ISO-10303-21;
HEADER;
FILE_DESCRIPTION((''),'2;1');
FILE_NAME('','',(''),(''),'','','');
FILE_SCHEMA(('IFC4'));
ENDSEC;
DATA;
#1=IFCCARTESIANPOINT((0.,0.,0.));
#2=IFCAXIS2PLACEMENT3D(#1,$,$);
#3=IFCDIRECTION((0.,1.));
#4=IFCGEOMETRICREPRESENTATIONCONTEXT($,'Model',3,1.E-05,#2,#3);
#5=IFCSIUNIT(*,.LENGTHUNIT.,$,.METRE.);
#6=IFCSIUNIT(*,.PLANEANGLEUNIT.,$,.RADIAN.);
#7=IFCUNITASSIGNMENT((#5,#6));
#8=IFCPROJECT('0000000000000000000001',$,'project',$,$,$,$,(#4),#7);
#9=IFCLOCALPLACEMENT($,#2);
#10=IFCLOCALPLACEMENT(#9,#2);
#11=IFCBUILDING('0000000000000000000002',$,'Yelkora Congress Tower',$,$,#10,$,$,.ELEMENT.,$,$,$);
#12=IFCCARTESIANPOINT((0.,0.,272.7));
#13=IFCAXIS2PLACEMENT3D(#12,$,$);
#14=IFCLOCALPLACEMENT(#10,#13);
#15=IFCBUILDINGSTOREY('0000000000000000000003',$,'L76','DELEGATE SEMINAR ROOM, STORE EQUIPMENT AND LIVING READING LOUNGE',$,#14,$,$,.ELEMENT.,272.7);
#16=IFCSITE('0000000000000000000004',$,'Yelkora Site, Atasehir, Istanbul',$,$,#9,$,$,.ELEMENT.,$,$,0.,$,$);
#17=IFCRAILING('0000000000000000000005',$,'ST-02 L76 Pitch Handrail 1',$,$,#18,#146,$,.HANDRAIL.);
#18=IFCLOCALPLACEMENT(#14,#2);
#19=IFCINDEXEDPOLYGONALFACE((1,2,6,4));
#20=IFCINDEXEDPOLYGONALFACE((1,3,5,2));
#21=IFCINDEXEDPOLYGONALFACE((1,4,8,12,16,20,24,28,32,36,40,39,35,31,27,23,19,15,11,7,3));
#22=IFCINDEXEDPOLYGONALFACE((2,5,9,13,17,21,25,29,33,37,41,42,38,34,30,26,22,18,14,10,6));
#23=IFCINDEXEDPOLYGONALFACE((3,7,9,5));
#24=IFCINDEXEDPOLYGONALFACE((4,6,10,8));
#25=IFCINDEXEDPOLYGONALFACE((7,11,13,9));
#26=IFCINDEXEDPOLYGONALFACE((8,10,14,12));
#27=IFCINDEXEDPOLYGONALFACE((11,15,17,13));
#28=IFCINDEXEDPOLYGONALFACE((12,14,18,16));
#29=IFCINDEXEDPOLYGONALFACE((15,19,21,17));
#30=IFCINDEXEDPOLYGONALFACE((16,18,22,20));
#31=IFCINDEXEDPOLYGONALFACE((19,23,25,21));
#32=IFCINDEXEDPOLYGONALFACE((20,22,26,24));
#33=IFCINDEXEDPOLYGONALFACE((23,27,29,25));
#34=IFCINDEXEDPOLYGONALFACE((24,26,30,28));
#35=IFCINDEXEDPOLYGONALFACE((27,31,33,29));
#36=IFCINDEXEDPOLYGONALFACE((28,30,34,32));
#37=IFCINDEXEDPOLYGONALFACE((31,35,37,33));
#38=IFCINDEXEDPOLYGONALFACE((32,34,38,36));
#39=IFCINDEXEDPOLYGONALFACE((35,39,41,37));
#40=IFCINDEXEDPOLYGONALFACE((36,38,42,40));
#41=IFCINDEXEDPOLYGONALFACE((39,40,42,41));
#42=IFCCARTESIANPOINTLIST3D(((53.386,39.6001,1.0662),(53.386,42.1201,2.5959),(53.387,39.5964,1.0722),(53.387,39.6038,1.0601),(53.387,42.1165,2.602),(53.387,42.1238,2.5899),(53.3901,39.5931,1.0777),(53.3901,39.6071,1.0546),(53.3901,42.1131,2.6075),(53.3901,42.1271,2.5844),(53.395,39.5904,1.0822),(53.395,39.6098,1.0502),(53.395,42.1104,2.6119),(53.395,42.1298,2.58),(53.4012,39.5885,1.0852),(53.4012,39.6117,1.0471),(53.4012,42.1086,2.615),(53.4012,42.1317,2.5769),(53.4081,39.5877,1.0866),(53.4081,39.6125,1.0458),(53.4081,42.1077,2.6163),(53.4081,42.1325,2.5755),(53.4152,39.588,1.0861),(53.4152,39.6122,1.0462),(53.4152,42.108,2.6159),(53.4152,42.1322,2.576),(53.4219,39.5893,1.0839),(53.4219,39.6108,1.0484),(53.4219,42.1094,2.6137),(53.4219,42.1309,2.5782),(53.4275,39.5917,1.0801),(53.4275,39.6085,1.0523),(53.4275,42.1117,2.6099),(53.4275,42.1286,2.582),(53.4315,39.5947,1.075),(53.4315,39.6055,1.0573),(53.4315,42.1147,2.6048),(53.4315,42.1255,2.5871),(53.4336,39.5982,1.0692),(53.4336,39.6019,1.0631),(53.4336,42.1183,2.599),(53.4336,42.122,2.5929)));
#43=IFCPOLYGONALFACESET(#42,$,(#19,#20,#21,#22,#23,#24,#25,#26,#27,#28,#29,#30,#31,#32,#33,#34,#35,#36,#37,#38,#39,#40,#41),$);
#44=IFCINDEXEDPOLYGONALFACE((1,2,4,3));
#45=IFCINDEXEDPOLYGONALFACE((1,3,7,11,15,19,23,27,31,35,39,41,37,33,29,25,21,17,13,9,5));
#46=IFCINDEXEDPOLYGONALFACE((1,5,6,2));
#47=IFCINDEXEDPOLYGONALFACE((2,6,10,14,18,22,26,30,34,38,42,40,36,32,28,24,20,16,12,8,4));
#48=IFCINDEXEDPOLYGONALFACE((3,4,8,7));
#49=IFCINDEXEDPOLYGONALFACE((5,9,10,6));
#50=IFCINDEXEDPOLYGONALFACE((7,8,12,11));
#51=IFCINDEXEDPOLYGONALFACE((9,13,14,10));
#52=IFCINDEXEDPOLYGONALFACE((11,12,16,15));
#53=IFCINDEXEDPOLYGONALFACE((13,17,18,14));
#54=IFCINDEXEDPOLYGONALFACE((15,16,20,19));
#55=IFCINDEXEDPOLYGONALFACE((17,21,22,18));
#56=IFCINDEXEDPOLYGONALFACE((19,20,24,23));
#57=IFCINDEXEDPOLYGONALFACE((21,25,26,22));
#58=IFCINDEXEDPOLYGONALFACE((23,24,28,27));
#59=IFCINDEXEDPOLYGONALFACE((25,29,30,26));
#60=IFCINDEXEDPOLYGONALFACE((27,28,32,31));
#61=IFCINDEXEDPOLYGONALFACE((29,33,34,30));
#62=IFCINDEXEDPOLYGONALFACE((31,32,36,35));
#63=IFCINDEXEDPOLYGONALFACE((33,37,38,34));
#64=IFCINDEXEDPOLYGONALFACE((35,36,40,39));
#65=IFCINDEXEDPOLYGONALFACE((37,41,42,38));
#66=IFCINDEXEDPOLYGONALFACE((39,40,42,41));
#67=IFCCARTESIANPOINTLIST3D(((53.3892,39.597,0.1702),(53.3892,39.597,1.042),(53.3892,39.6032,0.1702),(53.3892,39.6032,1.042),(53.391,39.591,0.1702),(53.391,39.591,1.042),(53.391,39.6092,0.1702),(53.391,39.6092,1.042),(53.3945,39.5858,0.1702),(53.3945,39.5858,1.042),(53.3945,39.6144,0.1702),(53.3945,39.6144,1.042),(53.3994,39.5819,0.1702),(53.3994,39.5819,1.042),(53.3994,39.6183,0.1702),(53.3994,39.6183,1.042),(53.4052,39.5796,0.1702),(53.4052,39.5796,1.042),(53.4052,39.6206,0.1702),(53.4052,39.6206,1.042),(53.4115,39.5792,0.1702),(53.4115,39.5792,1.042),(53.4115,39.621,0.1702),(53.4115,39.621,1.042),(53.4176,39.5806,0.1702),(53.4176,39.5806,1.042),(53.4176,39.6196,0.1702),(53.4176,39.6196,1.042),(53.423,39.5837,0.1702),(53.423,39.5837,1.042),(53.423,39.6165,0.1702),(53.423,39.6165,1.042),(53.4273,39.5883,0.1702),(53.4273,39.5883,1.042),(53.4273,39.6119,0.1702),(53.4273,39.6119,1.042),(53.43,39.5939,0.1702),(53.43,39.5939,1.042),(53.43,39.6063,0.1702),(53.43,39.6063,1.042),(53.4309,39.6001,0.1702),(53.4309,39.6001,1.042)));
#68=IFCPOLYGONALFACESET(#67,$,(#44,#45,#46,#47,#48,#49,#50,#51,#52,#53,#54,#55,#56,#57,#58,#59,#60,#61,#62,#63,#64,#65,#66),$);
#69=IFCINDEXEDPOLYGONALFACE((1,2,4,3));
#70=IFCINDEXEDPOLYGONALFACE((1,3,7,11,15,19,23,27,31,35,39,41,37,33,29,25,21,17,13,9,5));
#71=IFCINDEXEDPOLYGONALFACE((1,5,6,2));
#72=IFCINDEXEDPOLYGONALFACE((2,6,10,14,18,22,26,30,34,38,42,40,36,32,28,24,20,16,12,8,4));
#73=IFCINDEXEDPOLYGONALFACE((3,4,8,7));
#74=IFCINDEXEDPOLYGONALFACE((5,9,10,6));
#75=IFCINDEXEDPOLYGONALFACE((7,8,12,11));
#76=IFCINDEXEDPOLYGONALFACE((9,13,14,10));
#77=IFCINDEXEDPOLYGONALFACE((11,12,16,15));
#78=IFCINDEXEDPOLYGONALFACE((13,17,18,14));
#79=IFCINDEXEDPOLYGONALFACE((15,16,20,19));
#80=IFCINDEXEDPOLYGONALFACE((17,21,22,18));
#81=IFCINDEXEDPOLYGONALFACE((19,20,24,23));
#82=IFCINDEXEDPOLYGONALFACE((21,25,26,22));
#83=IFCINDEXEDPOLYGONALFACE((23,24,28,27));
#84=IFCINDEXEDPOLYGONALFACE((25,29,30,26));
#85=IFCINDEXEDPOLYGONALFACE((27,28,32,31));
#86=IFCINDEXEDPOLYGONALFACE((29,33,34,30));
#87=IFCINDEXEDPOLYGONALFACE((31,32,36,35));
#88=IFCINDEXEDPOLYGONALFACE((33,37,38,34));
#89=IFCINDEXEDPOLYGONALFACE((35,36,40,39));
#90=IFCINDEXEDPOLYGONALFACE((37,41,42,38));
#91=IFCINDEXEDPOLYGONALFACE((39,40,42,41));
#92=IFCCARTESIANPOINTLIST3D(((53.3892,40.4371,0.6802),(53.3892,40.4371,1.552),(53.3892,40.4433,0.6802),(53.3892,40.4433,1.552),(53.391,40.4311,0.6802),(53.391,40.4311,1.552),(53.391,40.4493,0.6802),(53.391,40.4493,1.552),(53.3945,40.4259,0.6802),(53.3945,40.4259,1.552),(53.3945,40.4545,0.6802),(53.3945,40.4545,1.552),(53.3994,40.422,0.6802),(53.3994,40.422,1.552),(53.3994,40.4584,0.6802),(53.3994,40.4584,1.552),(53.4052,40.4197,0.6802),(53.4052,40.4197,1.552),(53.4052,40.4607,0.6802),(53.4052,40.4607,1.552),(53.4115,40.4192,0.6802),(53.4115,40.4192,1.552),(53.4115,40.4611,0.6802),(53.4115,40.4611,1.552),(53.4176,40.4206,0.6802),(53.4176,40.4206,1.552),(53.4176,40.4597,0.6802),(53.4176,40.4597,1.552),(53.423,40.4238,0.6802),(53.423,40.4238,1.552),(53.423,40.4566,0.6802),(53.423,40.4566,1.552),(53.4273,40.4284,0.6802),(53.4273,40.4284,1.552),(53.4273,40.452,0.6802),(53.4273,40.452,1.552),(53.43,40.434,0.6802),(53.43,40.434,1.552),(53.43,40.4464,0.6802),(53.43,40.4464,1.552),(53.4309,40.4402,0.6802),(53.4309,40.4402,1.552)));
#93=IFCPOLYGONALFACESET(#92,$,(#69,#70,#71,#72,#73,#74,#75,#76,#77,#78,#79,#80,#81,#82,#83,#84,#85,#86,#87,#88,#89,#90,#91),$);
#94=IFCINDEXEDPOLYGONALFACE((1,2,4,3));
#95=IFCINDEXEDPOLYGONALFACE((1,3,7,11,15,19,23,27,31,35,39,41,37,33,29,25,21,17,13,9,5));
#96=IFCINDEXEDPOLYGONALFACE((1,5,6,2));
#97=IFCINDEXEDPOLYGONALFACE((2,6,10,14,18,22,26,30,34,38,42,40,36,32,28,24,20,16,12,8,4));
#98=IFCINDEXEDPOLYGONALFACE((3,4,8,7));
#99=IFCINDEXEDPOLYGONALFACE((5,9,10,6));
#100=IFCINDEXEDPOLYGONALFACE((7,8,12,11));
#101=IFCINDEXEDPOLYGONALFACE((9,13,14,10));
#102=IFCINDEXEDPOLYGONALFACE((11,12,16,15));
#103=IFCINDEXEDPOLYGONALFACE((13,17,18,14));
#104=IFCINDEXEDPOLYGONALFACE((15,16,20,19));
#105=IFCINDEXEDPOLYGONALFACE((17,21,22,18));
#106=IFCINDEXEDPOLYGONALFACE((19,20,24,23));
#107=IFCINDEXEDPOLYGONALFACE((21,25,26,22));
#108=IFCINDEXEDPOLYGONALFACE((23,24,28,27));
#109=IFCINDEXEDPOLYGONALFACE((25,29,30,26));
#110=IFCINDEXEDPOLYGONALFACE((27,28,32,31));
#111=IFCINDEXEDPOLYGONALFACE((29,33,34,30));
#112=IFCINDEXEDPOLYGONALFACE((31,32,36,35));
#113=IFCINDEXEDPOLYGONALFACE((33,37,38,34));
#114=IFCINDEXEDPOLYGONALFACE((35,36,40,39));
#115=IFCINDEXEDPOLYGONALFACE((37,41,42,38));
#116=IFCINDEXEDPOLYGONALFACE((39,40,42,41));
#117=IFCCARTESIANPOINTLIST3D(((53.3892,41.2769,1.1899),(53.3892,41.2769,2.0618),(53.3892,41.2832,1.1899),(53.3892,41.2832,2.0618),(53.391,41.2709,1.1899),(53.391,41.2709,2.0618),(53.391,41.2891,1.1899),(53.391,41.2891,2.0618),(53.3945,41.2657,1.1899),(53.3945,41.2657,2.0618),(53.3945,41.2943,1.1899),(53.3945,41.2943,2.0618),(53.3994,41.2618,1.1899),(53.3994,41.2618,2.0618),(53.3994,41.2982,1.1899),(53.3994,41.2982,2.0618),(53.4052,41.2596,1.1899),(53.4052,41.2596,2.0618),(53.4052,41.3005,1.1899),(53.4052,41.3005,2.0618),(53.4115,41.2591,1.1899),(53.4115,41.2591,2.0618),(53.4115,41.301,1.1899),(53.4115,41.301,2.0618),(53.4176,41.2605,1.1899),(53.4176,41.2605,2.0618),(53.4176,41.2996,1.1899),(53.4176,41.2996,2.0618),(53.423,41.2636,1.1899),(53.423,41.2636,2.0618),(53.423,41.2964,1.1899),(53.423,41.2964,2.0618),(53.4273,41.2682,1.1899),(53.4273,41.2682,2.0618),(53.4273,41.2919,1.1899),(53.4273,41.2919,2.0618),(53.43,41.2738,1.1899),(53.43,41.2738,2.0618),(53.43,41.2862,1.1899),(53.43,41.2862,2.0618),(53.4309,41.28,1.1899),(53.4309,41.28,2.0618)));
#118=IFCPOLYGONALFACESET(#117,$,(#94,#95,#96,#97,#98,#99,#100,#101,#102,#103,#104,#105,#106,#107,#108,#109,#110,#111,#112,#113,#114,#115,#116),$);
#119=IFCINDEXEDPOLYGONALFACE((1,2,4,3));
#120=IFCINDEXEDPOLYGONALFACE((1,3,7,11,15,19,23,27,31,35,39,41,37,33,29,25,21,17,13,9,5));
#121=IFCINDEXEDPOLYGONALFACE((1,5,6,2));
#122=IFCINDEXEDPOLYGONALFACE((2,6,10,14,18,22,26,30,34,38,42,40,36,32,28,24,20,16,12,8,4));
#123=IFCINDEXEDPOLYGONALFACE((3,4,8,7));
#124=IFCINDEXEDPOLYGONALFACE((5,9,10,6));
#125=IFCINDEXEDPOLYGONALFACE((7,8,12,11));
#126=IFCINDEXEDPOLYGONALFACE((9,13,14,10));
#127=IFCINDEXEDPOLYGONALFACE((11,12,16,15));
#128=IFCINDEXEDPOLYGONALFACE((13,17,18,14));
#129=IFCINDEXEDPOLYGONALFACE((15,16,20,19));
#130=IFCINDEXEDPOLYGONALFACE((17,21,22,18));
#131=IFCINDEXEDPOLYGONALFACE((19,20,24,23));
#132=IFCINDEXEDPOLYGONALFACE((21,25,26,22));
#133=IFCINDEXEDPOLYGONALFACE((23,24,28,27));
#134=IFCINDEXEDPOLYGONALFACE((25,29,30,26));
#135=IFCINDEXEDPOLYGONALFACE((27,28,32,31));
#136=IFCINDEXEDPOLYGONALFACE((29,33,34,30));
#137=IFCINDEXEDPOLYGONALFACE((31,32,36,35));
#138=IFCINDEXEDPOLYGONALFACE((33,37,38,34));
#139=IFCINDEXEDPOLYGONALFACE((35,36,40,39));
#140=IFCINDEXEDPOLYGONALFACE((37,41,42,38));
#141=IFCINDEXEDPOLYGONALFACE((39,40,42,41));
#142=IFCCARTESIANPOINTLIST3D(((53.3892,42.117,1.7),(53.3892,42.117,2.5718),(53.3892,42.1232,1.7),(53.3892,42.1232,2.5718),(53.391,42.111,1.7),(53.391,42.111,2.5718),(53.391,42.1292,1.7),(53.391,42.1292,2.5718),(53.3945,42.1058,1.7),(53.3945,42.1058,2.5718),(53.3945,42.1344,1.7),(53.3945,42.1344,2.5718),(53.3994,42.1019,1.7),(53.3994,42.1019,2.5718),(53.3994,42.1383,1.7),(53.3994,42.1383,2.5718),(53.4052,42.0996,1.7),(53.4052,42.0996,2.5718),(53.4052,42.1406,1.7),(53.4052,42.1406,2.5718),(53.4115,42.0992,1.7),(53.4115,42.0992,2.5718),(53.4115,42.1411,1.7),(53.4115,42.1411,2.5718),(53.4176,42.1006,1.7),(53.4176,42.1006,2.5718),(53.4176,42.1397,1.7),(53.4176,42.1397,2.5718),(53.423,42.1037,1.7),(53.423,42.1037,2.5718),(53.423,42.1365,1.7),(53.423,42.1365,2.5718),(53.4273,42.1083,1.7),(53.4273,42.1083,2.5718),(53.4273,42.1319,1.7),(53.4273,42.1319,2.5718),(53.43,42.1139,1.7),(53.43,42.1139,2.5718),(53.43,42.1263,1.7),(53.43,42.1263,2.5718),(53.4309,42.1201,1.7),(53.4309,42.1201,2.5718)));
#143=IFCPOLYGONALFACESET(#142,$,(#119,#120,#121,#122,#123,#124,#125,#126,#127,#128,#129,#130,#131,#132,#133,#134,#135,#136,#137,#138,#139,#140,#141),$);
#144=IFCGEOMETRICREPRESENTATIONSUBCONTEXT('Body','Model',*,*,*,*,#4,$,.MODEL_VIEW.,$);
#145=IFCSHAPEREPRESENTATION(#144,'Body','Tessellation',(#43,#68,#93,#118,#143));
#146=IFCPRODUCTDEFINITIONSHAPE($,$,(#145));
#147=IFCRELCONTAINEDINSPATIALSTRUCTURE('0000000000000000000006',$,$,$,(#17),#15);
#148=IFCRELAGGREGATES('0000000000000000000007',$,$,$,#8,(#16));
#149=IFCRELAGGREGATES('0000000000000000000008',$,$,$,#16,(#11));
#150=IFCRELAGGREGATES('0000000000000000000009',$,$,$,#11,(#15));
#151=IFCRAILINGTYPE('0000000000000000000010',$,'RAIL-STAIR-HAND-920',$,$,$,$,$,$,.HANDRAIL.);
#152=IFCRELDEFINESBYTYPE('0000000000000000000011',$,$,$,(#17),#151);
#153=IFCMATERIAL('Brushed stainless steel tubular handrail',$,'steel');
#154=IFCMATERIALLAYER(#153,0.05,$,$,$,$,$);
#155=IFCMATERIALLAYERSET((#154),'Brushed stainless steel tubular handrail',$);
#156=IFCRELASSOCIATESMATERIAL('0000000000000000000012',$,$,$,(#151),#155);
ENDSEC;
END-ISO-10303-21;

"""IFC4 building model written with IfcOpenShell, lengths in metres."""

from ifc_helpers import new_model, si_unit, direction, frame, origin, origin_2d, place, context, subcontext, project, spatial, circle, extrude, material, layer, layer_set, type_object, element, save


model = new_model("IFC4")

# Units and contexts
model_context = context("Model", 3, precision=1e-05, world=origin(), true_north=direction((0.0, 1.0)))
body_context = subcontext(model_context, "Body", "Model", "MODEL_VIEW")
ifc_project = project(units=[si_unit("LENGTHUNIT", "METRE"), si_unit("PLANEANGLEUNIT", "RADIAN")], contexts=[model_context])

# Site, building, storey
site_placement = place(None, origin())
site = spatial("IfcSite", under=ifc_project, at=site_placement, Name="Yelkora Site, Atasehir, Istanbul", CompositionType="ELEMENT", RefElevation=0.0)
building_placement = place(site_placement, origin())
building = spatial("IfcBuilding", under=site, at=building_placement, Name="Yelkora Congress Tower", CompositionType="ELEMENT")
storey_placement = place(building_placement, frame((0.0, 0.0, 272.7)))
storey = spatial("IfcBuildingStorey", under=building, at=storey_placement, Name="L76", Description="DELEGATE SEMINAR ROOM, STORE EQUIPMENT AND LIVING READING LOUNGE", CompositionType="ELEMENT", Elevation=272.7)

# Railing
ifc_material_1 = material(Name="Brushed stainless steel tubular handrail", Category="steel")
ifc_layer_1 = layer(ifc_material_1, 0.05)
ifc_layer_set_1 = layer_set([ifc_layer_1], Name="Brushed stainless steel tubular handrail")
railing_type_1 = type_object("IfcRailingType", Name="RAIL-STAIR-HAND-920", PredefinedType="HANDRAIL", material=ifc_layer_set_1)
railing_1_placement = place(storey_placement, frame((53.4099, 39.6001, 0.1702)))
element("IfcRailing", 1, at=railing_1_placement, inside=storey, type_object=railing_type_1, Name="ST-02 L76 Pitch Handrail 1", PredefinedType="HANDRAIL", context=body_context, shape_type="SweptSolid", body=[
    extrude(circle(Radius=0.0239, at=origin_2d()), frame((0.0, 0.0, 0.896), z_axis=(0.0, 0.854822, 0.518922), x_axis=(-1.0, 0.0, 0.0)), (0.0, 0.0, 1.0), 2.948),
    extrude(circle(Radius=0.021, at=origin_2d()), origin(), (0.0, 0.0, 1.0), 0.8718),
    extrude(circle(Radius=0.021, at=origin_2d()), frame((0.0, 0.8401, 0.51)), (0.0, 0.0, 1.0), 0.8718),
    extrude(circle(Radius=0.021, at=origin_2d()), frame((0.0, 1.6799, 1.0198)), (0.0, 0.0, 1.0), 0.8718),
    extrude(circle(Radius=0.021, at=origin_2d()), frame((0.0, 2.52, 1.5298)), (0.0, 0.0, 1.0), 0.8718),
])

save(model, "model.ifc")
